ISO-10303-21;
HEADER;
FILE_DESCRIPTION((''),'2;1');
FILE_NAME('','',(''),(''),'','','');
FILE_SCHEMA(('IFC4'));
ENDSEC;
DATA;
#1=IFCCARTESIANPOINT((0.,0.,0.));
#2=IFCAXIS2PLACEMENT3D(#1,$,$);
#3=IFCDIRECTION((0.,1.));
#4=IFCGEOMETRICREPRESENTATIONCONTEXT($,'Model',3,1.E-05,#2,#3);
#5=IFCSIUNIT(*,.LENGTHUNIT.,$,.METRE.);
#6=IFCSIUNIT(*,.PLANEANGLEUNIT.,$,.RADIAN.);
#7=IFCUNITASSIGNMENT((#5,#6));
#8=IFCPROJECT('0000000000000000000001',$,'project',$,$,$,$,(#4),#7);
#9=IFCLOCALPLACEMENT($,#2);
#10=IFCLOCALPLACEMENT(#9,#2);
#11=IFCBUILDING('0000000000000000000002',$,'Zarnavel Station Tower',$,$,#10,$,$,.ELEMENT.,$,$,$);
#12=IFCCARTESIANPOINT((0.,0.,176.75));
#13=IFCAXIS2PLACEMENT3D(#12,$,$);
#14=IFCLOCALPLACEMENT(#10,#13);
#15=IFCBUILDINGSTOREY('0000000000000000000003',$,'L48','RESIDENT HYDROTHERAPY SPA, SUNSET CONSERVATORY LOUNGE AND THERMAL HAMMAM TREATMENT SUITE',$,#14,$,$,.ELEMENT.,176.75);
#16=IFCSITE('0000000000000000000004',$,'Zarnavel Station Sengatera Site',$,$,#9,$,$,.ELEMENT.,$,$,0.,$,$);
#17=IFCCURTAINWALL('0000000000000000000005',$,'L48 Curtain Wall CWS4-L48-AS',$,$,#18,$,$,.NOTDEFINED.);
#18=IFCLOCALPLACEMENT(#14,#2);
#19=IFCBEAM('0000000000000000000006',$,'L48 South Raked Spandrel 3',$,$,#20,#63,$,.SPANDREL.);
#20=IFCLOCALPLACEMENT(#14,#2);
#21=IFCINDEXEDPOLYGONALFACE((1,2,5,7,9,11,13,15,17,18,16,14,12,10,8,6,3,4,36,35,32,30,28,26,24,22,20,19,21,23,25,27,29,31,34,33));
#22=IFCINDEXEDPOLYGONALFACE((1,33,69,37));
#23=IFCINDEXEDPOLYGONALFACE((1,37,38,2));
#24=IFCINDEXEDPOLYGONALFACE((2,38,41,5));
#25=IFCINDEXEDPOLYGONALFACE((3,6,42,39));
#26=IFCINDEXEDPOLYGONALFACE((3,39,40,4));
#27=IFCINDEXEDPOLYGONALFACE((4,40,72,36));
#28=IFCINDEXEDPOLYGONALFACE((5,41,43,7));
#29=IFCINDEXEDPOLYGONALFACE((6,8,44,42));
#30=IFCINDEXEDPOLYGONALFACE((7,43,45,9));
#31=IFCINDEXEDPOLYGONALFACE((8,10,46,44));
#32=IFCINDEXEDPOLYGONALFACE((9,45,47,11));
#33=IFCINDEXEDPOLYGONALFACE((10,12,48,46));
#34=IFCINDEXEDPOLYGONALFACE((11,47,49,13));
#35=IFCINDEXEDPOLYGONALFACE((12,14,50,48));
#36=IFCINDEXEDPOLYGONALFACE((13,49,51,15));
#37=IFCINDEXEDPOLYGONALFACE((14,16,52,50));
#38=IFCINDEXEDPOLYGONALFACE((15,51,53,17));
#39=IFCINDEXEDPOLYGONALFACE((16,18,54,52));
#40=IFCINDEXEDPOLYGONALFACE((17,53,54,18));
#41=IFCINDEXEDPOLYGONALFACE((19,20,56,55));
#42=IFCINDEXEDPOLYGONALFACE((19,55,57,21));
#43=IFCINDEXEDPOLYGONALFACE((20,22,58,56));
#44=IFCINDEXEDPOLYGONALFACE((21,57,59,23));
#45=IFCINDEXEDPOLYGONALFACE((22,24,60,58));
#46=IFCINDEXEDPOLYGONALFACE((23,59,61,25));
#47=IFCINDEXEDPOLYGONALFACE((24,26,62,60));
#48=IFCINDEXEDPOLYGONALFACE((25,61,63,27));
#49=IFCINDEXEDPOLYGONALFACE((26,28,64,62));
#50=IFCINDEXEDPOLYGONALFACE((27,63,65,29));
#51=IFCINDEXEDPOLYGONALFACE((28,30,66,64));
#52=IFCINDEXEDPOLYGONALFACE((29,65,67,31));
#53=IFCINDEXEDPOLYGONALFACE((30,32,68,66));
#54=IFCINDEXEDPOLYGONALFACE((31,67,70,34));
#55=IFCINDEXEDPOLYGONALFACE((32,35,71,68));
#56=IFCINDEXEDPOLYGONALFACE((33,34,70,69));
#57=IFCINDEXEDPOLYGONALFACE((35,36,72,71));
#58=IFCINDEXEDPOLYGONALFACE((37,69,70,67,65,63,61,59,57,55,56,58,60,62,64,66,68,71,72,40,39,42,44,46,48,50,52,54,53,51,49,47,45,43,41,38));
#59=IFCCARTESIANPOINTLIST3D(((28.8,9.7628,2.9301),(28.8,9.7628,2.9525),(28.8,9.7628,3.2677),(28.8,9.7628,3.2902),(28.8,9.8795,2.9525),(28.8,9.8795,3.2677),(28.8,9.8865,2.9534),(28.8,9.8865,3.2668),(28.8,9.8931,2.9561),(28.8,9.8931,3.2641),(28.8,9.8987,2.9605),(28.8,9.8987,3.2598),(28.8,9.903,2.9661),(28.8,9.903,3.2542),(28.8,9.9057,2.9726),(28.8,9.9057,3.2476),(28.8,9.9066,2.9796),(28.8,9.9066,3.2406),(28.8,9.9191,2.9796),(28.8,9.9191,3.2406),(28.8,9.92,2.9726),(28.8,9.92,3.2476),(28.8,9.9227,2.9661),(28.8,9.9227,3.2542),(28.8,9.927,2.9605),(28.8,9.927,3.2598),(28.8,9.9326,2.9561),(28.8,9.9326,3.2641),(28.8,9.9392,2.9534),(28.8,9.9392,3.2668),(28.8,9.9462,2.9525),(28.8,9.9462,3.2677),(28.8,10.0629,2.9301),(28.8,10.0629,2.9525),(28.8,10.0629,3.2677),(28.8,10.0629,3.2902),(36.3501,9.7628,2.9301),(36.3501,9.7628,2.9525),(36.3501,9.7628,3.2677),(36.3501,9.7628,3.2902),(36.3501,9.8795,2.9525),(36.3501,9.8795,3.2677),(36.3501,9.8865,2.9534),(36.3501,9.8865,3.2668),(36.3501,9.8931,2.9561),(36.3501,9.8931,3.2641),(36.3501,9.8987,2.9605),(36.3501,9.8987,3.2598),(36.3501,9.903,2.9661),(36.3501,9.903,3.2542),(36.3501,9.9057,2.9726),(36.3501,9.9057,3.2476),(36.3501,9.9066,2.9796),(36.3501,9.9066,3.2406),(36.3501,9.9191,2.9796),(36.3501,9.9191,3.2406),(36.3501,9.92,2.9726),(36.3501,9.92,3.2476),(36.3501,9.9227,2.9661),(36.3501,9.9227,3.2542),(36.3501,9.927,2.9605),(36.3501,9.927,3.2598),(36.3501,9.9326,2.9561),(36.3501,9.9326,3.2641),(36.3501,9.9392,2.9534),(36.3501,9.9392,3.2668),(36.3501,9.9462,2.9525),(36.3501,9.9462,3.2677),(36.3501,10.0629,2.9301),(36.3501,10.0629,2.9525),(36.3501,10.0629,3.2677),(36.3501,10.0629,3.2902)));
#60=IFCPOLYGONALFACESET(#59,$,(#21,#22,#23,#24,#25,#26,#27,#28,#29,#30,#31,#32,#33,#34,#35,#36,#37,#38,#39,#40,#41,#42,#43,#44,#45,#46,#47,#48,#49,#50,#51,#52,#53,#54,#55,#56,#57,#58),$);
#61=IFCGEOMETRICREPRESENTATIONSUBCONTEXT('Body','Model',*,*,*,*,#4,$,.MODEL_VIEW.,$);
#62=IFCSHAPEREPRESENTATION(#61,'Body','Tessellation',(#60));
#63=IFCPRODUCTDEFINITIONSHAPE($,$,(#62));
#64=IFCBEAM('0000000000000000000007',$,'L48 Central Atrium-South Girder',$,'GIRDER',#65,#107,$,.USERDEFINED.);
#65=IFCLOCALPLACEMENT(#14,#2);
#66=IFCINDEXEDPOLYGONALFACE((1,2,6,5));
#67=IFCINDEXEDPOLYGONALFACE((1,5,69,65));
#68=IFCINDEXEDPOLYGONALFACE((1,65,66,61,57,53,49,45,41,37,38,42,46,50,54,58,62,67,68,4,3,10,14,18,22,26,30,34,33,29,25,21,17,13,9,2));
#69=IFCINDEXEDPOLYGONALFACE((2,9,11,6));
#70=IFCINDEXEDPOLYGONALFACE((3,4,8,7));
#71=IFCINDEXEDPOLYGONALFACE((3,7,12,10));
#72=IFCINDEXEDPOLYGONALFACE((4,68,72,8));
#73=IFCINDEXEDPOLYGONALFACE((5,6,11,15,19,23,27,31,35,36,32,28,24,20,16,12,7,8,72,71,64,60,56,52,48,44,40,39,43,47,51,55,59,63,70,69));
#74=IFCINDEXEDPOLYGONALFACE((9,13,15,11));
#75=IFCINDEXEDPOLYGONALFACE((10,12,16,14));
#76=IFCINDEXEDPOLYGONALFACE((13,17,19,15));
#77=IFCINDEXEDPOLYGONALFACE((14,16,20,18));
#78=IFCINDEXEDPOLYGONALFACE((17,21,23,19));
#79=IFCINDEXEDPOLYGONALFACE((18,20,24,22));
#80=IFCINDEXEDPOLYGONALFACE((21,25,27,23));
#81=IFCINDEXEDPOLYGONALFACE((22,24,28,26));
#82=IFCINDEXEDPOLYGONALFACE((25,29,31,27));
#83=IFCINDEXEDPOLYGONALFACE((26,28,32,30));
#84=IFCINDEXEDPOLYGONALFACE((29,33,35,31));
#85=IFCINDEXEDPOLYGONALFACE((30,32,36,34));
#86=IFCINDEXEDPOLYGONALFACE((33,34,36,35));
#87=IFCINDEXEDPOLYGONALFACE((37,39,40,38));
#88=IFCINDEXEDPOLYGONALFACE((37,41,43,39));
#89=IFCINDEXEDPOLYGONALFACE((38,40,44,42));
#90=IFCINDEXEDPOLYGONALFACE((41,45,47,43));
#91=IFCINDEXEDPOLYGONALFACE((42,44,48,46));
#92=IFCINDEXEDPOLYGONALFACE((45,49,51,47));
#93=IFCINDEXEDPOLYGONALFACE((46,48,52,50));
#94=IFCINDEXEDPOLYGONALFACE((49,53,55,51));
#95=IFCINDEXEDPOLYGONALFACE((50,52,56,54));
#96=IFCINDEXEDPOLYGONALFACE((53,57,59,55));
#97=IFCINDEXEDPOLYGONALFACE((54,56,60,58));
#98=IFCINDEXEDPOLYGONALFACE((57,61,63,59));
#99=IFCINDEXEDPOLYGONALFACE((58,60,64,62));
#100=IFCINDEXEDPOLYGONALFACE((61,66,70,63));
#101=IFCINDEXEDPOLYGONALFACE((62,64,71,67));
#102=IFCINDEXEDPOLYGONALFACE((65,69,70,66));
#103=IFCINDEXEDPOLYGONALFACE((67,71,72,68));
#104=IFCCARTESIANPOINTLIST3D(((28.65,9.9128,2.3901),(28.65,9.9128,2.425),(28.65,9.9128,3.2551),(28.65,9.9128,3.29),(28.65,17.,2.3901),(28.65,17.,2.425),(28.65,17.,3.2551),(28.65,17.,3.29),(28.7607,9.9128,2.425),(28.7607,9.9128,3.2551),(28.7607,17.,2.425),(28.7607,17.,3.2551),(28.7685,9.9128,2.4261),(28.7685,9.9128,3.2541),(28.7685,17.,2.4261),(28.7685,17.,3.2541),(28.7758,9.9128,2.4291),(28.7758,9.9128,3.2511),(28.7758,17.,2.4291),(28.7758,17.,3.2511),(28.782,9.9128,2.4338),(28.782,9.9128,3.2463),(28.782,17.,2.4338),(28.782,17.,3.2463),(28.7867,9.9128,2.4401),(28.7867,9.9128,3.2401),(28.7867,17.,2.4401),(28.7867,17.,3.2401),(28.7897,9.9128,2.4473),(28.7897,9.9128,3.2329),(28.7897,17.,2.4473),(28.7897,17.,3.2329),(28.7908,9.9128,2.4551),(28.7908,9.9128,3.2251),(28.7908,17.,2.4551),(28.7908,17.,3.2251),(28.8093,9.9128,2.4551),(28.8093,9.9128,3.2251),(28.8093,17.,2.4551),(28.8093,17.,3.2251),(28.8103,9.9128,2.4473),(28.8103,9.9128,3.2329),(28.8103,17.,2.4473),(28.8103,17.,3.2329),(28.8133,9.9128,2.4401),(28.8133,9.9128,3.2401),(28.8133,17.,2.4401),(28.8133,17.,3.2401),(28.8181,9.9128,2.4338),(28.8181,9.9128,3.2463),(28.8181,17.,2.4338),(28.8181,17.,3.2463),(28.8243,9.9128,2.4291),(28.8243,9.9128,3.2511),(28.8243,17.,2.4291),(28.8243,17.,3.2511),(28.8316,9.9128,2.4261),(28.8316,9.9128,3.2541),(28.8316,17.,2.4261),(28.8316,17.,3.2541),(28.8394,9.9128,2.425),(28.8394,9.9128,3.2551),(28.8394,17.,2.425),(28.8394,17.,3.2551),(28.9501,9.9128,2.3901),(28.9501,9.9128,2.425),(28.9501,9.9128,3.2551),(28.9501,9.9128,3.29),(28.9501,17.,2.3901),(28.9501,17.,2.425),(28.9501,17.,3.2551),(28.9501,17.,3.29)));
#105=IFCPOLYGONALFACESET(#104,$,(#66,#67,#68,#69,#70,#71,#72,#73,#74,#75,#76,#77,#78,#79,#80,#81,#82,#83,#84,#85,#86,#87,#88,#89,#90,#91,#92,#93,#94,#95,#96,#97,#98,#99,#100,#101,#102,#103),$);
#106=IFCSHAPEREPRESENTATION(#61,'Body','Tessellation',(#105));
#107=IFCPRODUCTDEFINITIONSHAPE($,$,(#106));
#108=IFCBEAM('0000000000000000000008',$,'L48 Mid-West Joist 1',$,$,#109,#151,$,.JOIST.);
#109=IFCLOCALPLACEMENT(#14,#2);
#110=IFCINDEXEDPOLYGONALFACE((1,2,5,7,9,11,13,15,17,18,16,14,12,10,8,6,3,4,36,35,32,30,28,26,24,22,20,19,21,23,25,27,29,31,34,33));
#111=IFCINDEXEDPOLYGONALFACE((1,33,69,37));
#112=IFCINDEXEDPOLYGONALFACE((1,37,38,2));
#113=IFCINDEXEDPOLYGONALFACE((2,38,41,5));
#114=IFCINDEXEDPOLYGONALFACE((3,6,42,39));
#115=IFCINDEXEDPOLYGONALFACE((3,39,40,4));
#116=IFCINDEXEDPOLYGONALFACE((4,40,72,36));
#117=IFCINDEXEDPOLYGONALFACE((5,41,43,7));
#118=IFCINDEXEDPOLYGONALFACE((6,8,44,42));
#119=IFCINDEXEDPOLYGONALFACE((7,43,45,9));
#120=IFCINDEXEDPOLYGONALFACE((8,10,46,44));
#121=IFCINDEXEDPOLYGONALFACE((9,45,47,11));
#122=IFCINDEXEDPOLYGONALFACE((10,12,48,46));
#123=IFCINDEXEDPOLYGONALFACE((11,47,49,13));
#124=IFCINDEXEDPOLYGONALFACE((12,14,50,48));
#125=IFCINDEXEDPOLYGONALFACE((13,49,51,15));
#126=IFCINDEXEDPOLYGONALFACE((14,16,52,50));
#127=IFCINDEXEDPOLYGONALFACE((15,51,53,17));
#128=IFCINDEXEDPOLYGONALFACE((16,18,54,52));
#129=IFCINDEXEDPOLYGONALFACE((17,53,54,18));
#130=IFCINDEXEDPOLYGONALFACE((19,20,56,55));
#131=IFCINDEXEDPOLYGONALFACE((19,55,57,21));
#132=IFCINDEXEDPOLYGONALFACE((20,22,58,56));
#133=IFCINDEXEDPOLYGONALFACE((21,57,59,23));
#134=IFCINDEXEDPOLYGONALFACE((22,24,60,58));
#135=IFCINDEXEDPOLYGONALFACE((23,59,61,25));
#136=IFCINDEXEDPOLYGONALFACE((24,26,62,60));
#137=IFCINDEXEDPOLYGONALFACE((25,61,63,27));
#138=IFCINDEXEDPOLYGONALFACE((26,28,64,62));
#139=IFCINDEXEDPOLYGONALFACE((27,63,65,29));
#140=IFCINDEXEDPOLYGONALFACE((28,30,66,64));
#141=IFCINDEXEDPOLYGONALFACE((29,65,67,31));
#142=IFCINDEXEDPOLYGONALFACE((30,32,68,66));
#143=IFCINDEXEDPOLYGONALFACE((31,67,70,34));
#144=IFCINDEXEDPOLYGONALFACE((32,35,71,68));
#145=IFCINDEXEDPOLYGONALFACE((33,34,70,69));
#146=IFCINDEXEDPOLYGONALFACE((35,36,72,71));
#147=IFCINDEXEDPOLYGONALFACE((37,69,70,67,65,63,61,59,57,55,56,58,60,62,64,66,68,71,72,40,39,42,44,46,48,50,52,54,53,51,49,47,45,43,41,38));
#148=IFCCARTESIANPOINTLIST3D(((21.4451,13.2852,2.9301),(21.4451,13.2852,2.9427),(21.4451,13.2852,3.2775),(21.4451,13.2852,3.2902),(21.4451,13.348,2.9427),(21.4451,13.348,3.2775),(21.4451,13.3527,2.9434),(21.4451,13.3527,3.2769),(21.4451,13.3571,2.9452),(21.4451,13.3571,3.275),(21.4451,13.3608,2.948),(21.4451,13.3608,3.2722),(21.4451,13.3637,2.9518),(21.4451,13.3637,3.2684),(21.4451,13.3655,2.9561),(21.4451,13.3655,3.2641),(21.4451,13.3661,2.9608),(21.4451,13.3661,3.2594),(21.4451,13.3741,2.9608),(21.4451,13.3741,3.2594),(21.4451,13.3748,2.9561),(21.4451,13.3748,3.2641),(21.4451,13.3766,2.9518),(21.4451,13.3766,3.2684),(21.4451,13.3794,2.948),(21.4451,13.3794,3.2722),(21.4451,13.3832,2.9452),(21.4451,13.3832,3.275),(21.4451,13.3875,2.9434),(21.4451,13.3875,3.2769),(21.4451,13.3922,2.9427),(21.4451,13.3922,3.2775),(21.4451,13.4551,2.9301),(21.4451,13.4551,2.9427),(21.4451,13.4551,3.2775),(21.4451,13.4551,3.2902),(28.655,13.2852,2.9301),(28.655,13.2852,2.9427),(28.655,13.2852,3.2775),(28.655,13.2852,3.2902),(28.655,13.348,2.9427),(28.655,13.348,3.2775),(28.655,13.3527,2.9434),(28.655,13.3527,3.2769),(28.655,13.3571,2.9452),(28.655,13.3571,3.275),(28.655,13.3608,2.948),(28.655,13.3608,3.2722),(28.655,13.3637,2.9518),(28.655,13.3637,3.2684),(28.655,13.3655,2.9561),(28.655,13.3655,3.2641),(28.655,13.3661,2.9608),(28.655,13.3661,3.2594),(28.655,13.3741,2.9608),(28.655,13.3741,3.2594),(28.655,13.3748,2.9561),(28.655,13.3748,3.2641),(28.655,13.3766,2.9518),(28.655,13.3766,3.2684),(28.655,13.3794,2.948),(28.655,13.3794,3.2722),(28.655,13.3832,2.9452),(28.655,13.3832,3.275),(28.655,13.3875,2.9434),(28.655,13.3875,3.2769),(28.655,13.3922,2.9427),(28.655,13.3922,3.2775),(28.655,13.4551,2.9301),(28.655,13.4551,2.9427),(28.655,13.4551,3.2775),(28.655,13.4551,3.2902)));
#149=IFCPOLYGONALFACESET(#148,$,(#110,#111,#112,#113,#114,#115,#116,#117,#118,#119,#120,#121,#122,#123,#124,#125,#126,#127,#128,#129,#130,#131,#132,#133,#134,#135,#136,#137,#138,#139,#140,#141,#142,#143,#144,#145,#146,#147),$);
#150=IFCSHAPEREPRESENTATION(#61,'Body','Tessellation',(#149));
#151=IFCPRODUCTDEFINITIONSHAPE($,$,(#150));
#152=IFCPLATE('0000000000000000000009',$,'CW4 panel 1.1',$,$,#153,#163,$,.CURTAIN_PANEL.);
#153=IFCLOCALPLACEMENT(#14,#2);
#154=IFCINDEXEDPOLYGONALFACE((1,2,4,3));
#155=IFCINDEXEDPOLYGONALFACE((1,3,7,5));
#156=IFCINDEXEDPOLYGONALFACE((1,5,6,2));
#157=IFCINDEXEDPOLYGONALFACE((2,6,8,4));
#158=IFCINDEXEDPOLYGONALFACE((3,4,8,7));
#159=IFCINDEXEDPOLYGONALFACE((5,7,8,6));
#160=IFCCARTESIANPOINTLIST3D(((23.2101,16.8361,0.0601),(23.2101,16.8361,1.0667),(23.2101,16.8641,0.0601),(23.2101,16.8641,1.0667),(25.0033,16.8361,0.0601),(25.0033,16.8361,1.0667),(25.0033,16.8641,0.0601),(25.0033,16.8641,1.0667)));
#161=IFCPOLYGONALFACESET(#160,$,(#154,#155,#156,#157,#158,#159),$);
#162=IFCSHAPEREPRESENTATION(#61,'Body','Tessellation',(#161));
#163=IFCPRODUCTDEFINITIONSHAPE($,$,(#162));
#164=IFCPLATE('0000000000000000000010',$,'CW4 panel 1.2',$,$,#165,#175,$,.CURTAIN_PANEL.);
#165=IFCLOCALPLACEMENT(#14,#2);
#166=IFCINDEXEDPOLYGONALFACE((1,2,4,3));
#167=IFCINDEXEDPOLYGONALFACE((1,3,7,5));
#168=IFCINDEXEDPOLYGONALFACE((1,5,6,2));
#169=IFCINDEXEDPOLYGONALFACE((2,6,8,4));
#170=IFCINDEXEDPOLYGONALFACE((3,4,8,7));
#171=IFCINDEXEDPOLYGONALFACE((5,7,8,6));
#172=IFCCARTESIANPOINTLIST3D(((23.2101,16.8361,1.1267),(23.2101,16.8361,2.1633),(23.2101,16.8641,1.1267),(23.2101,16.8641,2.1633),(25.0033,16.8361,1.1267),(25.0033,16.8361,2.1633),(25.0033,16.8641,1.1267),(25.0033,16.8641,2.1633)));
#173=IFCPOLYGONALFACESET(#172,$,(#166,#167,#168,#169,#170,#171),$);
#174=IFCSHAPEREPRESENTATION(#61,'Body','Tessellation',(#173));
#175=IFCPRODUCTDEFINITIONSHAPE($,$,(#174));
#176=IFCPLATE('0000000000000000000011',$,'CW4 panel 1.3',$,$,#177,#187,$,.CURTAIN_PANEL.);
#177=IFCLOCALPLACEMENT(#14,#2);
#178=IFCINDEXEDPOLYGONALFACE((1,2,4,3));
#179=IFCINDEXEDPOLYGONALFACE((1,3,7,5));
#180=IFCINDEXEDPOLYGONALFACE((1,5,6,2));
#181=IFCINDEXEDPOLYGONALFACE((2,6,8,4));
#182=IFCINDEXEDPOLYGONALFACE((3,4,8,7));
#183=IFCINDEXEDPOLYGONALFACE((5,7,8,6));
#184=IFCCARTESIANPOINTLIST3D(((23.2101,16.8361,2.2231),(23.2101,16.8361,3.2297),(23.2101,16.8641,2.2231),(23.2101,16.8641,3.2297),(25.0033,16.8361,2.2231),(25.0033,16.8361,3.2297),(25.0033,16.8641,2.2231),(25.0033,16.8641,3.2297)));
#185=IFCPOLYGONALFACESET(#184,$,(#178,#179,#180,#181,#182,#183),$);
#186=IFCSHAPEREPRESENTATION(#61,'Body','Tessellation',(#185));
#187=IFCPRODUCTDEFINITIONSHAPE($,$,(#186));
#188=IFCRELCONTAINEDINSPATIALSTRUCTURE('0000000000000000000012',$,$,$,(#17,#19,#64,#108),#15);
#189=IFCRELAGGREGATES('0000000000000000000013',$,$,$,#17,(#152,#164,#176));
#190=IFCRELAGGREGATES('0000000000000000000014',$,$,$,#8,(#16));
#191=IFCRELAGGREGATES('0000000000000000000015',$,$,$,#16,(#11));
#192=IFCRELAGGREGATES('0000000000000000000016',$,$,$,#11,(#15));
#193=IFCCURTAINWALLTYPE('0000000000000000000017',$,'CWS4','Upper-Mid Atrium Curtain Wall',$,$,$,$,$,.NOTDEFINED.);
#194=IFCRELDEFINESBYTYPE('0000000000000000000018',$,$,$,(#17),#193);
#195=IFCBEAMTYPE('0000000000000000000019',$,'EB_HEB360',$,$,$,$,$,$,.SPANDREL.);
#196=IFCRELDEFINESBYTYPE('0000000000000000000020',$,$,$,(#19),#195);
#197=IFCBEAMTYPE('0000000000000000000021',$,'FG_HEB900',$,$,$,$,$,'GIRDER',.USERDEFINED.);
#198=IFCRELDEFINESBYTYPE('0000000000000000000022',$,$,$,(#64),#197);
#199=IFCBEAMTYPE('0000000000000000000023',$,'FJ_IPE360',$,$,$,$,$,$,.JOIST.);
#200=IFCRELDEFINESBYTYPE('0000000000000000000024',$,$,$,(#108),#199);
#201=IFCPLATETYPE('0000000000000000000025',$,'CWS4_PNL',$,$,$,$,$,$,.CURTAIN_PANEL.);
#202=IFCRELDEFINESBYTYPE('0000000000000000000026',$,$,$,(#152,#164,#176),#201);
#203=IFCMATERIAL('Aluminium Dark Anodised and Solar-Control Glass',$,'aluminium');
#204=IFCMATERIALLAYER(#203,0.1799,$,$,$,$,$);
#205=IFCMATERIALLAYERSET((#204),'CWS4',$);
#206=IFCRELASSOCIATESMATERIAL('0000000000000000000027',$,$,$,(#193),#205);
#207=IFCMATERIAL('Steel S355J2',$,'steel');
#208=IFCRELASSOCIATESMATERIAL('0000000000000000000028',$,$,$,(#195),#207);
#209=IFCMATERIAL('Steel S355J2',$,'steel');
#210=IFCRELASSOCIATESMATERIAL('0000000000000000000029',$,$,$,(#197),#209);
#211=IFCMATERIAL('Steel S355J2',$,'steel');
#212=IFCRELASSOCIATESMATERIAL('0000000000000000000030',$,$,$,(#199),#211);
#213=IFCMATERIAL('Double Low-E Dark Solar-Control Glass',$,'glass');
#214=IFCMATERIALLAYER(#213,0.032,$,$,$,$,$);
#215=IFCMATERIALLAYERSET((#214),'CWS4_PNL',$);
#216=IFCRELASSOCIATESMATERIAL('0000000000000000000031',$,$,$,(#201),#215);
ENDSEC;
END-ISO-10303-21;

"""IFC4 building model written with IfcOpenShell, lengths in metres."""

from ifc_helpers import new_model, si_unit, direction, frame, origin, origin_2d, place, context, subcontext, project, spatial, rectangle, i_section, extrude, material, layer, layer_set, material_profile, profile_set, type_object, element, aggregate, save


model = new_model("IFC4")

# Units and contexts
model_context = context("Model", 3, precision=1e-05, world=origin(), true_north=direction((0.0, 1.0)))
body_context = subcontext(model_context, "Body", "Model", "MODEL_VIEW")
ifc_project = project(units=[si_unit("LENGTHUNIT", "METRE"), si_unit("PLANEANGLEUNIT", "RADIAN")], contexts=[model_context])

# Site, building, storey
site_placement = place(None, origin())
site = spatial("IfcSite", under=ifc_project, at=site_placement, Name="Zarnavel Station Sengatera Site", CompositionType="ELEMENT", RefElevation=0.0)
building_placement = place(site_placement, origin())
building = spatial("IfcBuilding", under=site, at=building_placement, Name="Zarnavel Station Tower", CompositionType="ELEMENT")
storey_placement = place(building_placement, frame((0.0, 0.0, 176.75)))
storey = spatial("IfcBuildingStorey", under=building, at=storey_placement, Name="L48", Description="RESIDENT HYDROTHERAPY SPA, SUNSET CONSERVATORY LOUNGE AND THERMAL HAMMAM TREATMENT SUITE", CompositionType="ELEMENT", Elevation=176.75)

# Curtain wall
ifc_material_1 = material(Name="Aluminium Dark Anodised and Solar-Control Glass", Category="aluminium")
ifc_layer_1 = layer(ifc_material_1, 0.1799)
ifc_layer_set_1 = layer_set([ifc_layer_1], Name="CWS4")
curtain_wall_type = type_object("IfcCurtainWallType", Name="CWS4", Description="Upper-Mid Atrium Curtain Wall", PredefinedType="NOTDEFINED", material=ifc_layer_set_1)
curtain_wall_placement = place(storey_placement, origin())
curtain_wall = element("IfcCurtainWall", 1, at=curtain_wall_placement, inside=storey, type_object=curtain_wall_type, Name="L48 Curtain Wall CWS4-L48-AS", PredefinedType="NOTDEFINED")

# Beams
ifc_material_2 = material(Name="Steel S355J2", Category="steel")
ifc_material_profile_1 = material_profile(ifc_material_2, i_section(OverallWidth=0.3, OverallDepth=0.3601, WebThickness=0.0125, FlangeThickness=0.0225, FilletRadius=0.0271, at=origin_2d()), Name="HEB360")
ifc_profile_set_1 = profile_set([ifc_material_profile_1], Name="Steel S355J2")
beam_type_1 = type_object("IfcBeamType", Name="EB_HEB360", PredefinedType="SPANDREL", material=ifc_profile_set_1)
beam_1_placement = place(storey_placement, frame((28.8, 9.9128, 3.1101), z_axis=(1.0, 0.0, 0.0), x_axis=(0.0, 1.0, 0.0)))
element("IfcBeam", 2, at=beam_1_placement, inside=storey, type_object=beam_type_1, Name="L48 South Raked Spandrel 3", PredefinedType="SPANDREL", context=body_context, shape_type="SweptSolid", body=[
    extrude(i_section(OverallWidth=0.3, OverallDepth=0.3601, WebThickness=0.0125, FlangeThickness=0.0225, FilletRadius=0.0271, at=origin_2d()), origin(), (0.0, 0.0, 1.0), 7.55),
])
ifc_material_3 = material(Name="Steel S355J2", Category="steel")
ifc_material_profile_2 = material_profile(ifc_material_3, i_section(OverallWidth=0.3, OverallDepth=0.8999, WebThickness=0.0186, FlangeThickness=0.0349, FilletRadius=0.03, at=origin_2d()), Name="HEB900")
ifc_profile_set_2 = profile_set([ifc_material_profile_2], Name="Steel S355J2")
beam_type_2 = type_object("IfcBeamType", Name="FG_HEB900", ElementType="GIRDER", PredefinedType="USERDEFINED", material=ifc_profile_set_2)
beam_2_placement = place(storey_placement, frame((28.8, 9.9128, 2.8401), z_axis=(0.0, 1.0, 0.0), x_axis=(-1.0, 0.0, 0.0)))
element("IfcBeam", 3, at=beam_2_placement, inside=storey, type_object=beam_type_2, Name="L48 Central Atrium-South Girder", ObjectType="GIRDER", PredefinedType="USERDEFINED", context=body_context, shape_type="SweptSolid", body=[
    extrude(i_section(OverallWidth=0.3, OverallDepth=0.8999, WebThickness=0.0186, FlangeThickness=0.0349, FilletRadius=0.03, at=origin_2d()), origin(), (0.0, 0.0, 1.0), 7.0872),
])
ifc_material_4 = material(Name="Steel S355J2", Category="steel")
ifc_material_profile_3 = material_profile(ifc_material_4, i_section(OverallWidth=0.1699, OverallDepth=0.3601, WebThickness=0.0081, FlangeThickness=0.0127, FilletRadius=0.0181, at=origin_2d()), Name="IPE360")
ifc_profile_set_3 = profile_set([ifc_material_profile_3], Name="Steel S355J2")
beam_type_3 = type_object("IfcBeamType", Name="FJ_IPE360", PredefinedType="JOIST", material=ifc_profile_set_3)
beam_3_placement = place(storey_placement, frame((21.4451, 13.3701, 3.1101), z_axis=(1.0, 0.0, 0.0), x_axis=(0.0, 1.0, 0.0)))
element("IfcBeam", 4, at=beam_3_placement, inside=storey, type_object=beam_type_3, Name="L48 Mid-West Joist 1", PredefinedType="JOIST", context=body_context, shape_type="SweptSolid", body=[
    extrude(i_section(OverallWidth=0.1699, OverallDepth=0.3601, WebThickness=0.0081, FlangeThickness=0.0127, FilletRadius=0.0181, at=origin_2d()), origin(), (0.0, 0.0, 1.0), 7.21),
])

# Plates
ifc_material_5 = material(Name="Double Low-E Dark Solar-Control Glass", Category="glass")
ifc_layer_2 = layer(ifc_material_5, 0.032)
ifc_layer_set_2 = layer_set([ifc_layer_2], Name="CWS4_PNL")
plate_type_1 = type_object("IfcPlateType", Name="CWS4_PNL", PredefinedType="CURTAIN_PANEL", material=ifc_layer_set_2)
plate_1_placement = place(storey_placement, frame((24.1067, 16.8501, 0.0601), z_axis=(0.0, 0.0, 1.0), x_axis=(1.0, 0.0, 0.0)))
plate_1 = element("IfcPlate", 5, at=plate_1_placement, type_object=plate_type_1, Name="CW4 panel 1.1", PredefinedType="CURTAIN_PANEL", context=body_context, shape_type="SweptSolid", body=[
    extrude(rectangle(XDim=1.7932, YDim=0.0281, at=origin_2d()), origin(), (0.0, 0.0, 1.0), 1.0066),
])
plate_2_placement = place(storey_placement, frame((24.1067, 16.8501, 1.1267), z_axis=(0.0, 0.0, 1.0), x_axis=(1.0, 0.0, 0.0)))
plate_2 = element("IfcPlate", 6, at=plate_2_placement, type_object=plate_type_1, Name="CW4 panel 1.2", PredefinedType="CURTAIN_PANEL", context=body_context, shape_type="SweptSolid", body=[
    extrude(rectangle(XDim=1.7932, YDim=0.0281, at=origin_2d()), origin(), (0.0, 0.0, 1.0), 1.0366),
])
plate_3_placement = place(storey_placement, frame((24.1067, 16.8501, 2.2231), z_axis=(0.0, 0.0, 1.0), x_axis=(1.0, 0.0, 0.0)))
plate_3 = element("IfcPlate", 7, at=plate_3_placement, type_object=plate_type_1, Name="CW4 panel 1.3", PredefinedType="CURTAIN_PANEL", context=body_context, shape_type="SweptSolid", body=[
    extrude(rectangle(XDim=1.7932, YDim=0.0281, at=origin_2d()), origin(), (0.0, 0.0, 1.0), 1.0066),
])
aggregate(curtain_wall, [plate_1, plate_2, plate_3])

save(model, "model.ifc")
